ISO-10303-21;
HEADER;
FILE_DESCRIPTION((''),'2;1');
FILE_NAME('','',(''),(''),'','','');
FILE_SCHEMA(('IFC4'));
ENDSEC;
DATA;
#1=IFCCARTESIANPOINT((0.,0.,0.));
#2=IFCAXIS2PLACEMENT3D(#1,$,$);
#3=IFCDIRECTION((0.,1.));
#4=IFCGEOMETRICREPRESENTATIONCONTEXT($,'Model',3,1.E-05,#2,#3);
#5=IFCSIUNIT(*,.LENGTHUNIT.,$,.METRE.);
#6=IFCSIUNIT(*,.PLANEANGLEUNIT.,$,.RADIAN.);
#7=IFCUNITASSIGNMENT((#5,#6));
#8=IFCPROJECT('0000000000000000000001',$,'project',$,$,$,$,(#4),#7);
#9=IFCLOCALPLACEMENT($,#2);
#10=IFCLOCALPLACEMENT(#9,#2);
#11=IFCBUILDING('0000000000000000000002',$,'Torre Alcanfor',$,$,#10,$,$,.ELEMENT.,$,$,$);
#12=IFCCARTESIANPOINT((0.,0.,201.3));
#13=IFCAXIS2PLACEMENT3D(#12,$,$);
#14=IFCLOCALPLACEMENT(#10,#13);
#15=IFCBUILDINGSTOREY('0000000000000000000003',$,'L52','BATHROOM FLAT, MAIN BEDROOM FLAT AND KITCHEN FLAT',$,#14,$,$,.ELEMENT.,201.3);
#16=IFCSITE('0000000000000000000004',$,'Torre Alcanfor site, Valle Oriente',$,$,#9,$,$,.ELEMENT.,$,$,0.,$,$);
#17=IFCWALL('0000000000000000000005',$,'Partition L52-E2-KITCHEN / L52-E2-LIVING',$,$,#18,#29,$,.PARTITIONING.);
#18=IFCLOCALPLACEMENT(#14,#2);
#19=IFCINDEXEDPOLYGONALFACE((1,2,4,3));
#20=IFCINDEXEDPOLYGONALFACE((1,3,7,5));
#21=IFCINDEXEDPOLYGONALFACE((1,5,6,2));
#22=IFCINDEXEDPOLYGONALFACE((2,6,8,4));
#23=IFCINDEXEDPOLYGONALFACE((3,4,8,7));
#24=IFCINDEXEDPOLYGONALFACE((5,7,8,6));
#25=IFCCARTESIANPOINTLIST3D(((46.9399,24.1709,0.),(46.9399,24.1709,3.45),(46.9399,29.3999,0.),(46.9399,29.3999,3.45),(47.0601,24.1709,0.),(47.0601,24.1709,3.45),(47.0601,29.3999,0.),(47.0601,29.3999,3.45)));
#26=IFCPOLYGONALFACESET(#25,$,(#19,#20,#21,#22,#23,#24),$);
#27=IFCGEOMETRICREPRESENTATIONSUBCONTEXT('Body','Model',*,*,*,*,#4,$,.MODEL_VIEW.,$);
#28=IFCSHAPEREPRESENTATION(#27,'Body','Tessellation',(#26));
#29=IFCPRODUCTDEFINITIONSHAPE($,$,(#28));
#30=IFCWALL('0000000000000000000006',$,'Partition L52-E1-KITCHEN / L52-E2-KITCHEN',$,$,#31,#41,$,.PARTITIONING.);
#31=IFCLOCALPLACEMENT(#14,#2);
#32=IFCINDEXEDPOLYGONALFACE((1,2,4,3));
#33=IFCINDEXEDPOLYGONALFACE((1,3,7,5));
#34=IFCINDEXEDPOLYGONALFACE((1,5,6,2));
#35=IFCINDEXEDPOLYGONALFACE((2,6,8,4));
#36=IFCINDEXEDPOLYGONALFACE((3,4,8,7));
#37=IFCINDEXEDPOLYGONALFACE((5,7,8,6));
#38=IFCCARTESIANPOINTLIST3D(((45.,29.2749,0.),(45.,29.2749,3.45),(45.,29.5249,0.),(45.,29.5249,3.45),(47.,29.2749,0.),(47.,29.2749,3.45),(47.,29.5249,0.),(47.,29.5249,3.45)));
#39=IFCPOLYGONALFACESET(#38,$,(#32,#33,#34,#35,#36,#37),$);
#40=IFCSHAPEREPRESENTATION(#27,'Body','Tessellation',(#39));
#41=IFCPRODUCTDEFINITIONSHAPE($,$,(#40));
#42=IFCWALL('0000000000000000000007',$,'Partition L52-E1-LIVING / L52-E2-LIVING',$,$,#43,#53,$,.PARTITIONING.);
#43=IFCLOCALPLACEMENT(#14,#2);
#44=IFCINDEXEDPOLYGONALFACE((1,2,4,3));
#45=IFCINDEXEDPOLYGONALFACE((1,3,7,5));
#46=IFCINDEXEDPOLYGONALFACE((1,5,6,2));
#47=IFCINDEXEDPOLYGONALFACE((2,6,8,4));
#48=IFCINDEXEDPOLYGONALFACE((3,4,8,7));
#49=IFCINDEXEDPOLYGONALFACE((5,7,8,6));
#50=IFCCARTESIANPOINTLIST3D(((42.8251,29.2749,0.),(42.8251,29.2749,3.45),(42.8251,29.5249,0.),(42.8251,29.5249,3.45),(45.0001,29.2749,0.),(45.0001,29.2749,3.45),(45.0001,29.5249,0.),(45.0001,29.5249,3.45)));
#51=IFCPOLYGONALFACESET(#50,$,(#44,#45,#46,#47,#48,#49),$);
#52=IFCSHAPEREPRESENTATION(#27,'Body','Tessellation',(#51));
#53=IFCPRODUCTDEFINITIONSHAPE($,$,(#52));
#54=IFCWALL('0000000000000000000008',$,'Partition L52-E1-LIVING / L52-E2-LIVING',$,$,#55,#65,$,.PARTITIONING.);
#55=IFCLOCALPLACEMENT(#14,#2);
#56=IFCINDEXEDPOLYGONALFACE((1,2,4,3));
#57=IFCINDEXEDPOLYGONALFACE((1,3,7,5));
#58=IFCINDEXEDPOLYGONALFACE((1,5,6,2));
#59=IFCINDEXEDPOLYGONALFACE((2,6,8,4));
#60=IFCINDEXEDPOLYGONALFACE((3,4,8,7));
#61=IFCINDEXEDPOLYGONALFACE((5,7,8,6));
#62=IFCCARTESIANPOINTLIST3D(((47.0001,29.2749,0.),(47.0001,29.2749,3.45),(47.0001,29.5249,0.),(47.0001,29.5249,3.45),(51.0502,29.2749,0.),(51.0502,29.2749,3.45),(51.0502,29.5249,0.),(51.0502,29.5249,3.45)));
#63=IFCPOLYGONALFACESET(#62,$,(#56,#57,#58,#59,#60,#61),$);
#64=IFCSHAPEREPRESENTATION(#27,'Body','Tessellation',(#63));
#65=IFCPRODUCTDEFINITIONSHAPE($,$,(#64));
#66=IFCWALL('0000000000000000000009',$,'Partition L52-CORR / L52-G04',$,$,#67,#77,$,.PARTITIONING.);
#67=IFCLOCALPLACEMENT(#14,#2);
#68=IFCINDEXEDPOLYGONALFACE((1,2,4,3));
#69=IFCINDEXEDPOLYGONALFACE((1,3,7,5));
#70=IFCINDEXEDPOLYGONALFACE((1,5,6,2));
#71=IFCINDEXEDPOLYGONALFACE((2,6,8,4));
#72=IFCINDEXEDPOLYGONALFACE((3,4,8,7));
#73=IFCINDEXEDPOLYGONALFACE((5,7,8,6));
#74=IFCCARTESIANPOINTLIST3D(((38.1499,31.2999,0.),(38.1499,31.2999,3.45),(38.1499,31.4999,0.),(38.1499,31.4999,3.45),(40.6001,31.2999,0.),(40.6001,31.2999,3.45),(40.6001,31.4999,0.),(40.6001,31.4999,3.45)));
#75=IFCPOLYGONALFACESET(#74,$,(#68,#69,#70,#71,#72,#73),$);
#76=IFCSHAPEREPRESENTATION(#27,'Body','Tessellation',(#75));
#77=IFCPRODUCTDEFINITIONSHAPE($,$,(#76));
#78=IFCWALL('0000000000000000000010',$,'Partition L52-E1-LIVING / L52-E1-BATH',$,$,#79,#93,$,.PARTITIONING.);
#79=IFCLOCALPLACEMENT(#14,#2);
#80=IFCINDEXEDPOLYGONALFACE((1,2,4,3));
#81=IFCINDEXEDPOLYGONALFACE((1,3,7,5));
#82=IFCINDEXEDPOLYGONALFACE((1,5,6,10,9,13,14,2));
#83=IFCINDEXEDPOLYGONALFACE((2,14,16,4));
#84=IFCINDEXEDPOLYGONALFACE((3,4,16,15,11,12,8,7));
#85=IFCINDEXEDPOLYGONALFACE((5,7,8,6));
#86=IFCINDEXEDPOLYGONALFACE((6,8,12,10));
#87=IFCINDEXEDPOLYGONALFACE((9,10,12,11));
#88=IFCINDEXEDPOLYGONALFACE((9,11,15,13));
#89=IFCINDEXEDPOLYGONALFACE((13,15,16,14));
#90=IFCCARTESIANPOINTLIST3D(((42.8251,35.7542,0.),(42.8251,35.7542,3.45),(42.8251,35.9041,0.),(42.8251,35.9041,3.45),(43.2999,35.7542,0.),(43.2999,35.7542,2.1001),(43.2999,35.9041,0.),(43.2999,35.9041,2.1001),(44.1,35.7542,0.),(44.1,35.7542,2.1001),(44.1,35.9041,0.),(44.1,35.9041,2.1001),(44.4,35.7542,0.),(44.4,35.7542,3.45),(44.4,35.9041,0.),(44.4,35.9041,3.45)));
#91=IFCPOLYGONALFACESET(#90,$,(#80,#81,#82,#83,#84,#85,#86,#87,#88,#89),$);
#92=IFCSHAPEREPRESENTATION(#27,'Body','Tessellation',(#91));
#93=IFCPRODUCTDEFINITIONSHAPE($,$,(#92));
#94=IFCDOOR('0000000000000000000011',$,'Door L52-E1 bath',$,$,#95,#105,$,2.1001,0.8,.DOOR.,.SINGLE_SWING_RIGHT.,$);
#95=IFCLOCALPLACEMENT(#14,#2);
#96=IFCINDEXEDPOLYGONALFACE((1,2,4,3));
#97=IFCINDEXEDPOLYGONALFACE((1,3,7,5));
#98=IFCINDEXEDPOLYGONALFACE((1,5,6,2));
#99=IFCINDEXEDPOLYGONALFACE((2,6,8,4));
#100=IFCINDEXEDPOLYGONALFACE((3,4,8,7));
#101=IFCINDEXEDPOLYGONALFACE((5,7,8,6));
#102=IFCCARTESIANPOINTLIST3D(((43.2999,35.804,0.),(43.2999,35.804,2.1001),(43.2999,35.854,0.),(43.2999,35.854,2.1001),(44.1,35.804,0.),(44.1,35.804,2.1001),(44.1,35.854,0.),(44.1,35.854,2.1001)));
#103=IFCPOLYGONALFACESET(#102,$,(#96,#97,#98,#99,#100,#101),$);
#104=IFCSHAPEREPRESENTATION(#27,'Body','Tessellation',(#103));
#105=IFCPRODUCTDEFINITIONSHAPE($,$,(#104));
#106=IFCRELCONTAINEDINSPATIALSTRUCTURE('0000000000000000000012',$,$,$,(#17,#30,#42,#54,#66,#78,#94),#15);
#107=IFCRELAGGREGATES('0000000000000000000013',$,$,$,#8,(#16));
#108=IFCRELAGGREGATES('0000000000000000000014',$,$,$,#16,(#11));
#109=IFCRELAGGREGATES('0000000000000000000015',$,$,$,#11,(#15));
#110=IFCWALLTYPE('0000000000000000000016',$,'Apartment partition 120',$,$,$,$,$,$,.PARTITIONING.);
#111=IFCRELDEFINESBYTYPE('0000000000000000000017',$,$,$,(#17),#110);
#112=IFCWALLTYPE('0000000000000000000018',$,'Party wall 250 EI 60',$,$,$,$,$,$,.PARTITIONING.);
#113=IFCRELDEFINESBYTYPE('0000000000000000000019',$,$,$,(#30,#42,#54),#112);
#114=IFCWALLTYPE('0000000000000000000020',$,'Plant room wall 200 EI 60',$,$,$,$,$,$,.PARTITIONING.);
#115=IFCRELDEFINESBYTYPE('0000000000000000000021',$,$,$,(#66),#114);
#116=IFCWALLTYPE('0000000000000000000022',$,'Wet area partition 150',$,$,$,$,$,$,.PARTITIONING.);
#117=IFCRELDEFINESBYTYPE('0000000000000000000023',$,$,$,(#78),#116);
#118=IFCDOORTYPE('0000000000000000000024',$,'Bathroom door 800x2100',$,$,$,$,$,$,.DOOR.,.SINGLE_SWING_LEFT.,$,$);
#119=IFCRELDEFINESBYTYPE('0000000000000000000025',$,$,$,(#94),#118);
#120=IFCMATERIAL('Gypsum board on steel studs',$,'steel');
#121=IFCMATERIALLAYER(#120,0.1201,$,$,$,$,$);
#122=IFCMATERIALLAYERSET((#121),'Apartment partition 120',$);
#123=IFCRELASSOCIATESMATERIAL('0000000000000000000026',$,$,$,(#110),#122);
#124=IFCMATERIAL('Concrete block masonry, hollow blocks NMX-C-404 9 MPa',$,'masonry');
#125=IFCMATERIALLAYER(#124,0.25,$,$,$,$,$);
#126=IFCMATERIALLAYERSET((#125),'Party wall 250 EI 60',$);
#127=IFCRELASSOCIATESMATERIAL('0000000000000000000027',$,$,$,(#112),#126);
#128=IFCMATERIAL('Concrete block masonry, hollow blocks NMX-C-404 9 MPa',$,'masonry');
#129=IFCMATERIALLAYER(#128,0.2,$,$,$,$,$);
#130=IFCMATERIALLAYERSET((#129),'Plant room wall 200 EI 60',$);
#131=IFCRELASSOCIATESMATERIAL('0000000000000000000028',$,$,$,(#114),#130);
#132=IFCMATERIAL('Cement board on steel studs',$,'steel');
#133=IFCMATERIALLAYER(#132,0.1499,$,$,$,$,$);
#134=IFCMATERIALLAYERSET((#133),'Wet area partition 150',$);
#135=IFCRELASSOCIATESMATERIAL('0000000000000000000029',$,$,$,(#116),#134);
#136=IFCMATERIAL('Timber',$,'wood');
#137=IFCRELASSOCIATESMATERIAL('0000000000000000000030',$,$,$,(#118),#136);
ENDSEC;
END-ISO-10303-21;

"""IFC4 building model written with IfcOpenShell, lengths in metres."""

from ifc_helpers import new_model, si_unit, direction, frame, frame_2d, origin, place, context, subcontext, project, spatial, rectangle, extrude, material, layer, layer_set, type_object, element, fill, save


model = new_model("IFC4")

# Units and contexts
model_context = context("Model", 3, precision=1e-05, world=origin(), true_north=direction((0.0, 1.0)))
body_context = subcontext(model_context, "Body", "Model", "MODEL_VIEW")
ifc_project = project(units=[si_unit("LENGTHUNIT", "METRE"), si_unit("PLANEANGLEUNIT", "RADIAN")], contexts=[model_context])

# Site, building, storey
site_placement = place(None, origin())
site = spatial("IfcSite", under=ifc_project, at=site_placement, Name="Torre Alcanfor site, Valle Oriente", CompositionType="ELEMENT", RefElevation=0.0)
building_placement = place(site_placement, origin())
building = spatial("IfcBuilding", under=site, at=building_placement, Name="Torre Alcanfor", CompositionType="ELEMENT")
storey_placement = place(building_placement, frame((0.0, 0.0, 201.3)))
storey = spatial("IfcBuildingStorey", under=building, at=storey_placement, Name="L52", Description="BATHROOM FLAT, MAIN BEDROOM FLAT AND KITCHEN FLAT", CompositionType="ELEMENT", Elevation=201.3)

# Shared definitions
ifc_material_1 = material(Name="Gypsum board on steel studs", Category="steel")
ifc_layer_1 = layer(ifc_material_1, 0.1201)
ifc_layer_set_1 = layer_set([ifc_layer_1], Name="Apartment partition 120")
wall_type_1 = type_object("IfcWallType", Name="Apartment partition 120", PredefinedType="PARTITIONING", material=ifc_layer_set_1)

# Walls
wall_1_placement = place(storey_placement, frame((47.0, 29.3999, 0.0), z_axis=(0.0, 0.0, 1.0), x_axis=(0.0, -1.0, 0.0)))
element("IfcWall", 1, at=wall_1_placement, inside=storey, type_object=wall_type_1, Name="Partition L52-E2-KITCHEN / L52-E2-LIVING", PredefinedType="PARTITIONING", context=body_context, shape_type="SweptSolid", body=[
    extrude(rectangle(XDim=5.229, YDim=0.1201, at=frame_2d((2.6145, 0.0))), origin(), (0.0, 0.0, 1.0), 3.45),
])
ifc_material_2 = material(Name="Concrete block masonry, hollow blocks NMX-C-404 9 MPa", Category="masonry")
ifc_layer_2 = layer(ifc_material_2, 0.25)
ifc_layer_set_2 = layer_set([ifc_layer_2], Name="Party wall 250 EI 60")
wall_type_2 = type_object("IfcWallType", Name="Party wall 250 EI 60", PredefinedType="PARTITIONING", material=ifc_layer_set_2)
wall_2_placement = place(storey_placement, frame((45.0, 29.3999, 0.0), z_axis=(0.0, 0.0, 1.0), x_axis=(1.0, 0.0, 0.0)))
element("IfcWall", 2, at=wall_2_placement, inside=storey, type_object=wall_type_2, Name="Partition L52-E1-KITCHEN / L52-E2-KITCHEN", PredefinedType="PARTITIONING", context=body_context, shape_type="SweptSolid", body=[
    extrude(rectangle(XDim=2.0, YDim=0.25, at=frame_2d((1.0, 0.0))), origin(), (0.0, 0.0, 1.0), 3.45),
])
wall_3_placement = place(storey_placement, frame((45.0, 29.3999, 0.0), z_axis=(0.0, 0.0, 1.0), x_axis=(-1.0, 0.0, 0.0)))
element("IfcWall", 3, at=wall_3_placement, inside=storey, type_object=wall_type_2, Name="Partition L52-E1-LIVING / L52-E2-LIVING", PredefinedType="PARTITIONING", context=body_context, shape_type="SweptSolid", body=[
    extrude(rectangle(XDim=2.175, YDim=0.25, at=frame_2d((1.0874, 0.0))), origin(), (0.0, 0.0, 1.0), 3.45),
])
wall_4_placement = place(storey_placement, frame((51.05, 29.3999, 0.0), z_axis=(0.0, 0.0, 1.0), x_axis=(-1.0, 0.0, 0.0)))
element("IfcWall", 4, at=wall_4_placement, inside=storey, type_object=wall_type_2, Name="Partition L52-E1-LIVING / L52-E2-LIVING", PredefinedType="PARTITIONING", context=body_context, shape_type="SweptSolid", body=[
    extrude(rectangle(XDim=4.05, YDim=0.25, at=frame_2d((2.0249, 0.0))), origin(), (0.0, 0.0, 1.0), 3.45),
])
ifc_material_3 = material(Name="Concrete block masonry, hollow blocks NMX-C-404 9 MPa", Category="masonry")
ifc_layer_3 = layer(ifc_material_3, 0.2)
ifc_layer_set_3 = layer_set([ifc_layer_3], Name="Plant room wall 200 EI 60")
wall_type_3 = type_object("IfcWallType", Name="Plant room wall 200 EI 60", PredefinedType="PARTITIONING", material=ifc_layer_set_3)
wall_5_placement = place(storey_placement, frame((40.6001, 31.3999, 0.0), z_axis=(0.0, 0.0, 1.0), x_axis=(-1.0, 0.0, 0.0)))
element("IfcWall", 5, at=wall_5_placement, inside=storey, type_object=wall_type_3, Name="Partition L52-CORR / L52-G04", PredefinedType="PARTITIONING", context=body_context, shape_type="SweptSolid", body=[
    extrude(rectangle(XDim=2.4502, YDim=0.2, at=frame_2d((1.2251, 0.0))), origin(), (0.0, 0.0, 1.0), 3.45),
])

# Wall, opening, door
ifc_material_4 = material(Name="Cement board on steel studs", Category="steel")
ifc_layer_4 = layer(ifc_material_4, 0.1499)
ifc_layer_set_4 = layer_set([ifc_layer_4], Name="Wet area partition 150")
wall_type_4 = type_object("IfcWallType", Name="Wet area partition 150", PredefinedType="PARTITIONING", material=ifc_layer_set_4)
wall_6_placement = place(storey_placement, frame((42.825, 35.8291, 0.0), z_axis=(0.0, 0.0, 1.0), x_axis=(1.0, 0.0, 0.0)))
wall_6 = element("IfcWall", 6, at=wall_6_placement, inside=storey, type_object=wall_type_4, Name="Partition L52-E1-LIVING / L52-E1-BATH", PredefinedType="PARTITIONING", context=body_context, shape_type="SweptSolid", body=[
    extrude(rectangle(XDim=1.575, YDim=0.1499, at=frame_2d((0.7876, 0.0))), origin(), (0.0, 0.0, 1.0), 3.45),
])
opening_1_placement = place(wall_6_placement, frame((0.4751, 0.0, 0.0)))
opening_1 = element("IfcOpeningElement", 7, at=opening_1_placement, cuts=wall_6, PredefinedType="OPENING", context=body_context, shape_type="SweptSolid", body=[
    extrude(rectangle(XDim=0.8, YDim=2.1001, at=frame_2d((0.3999, 1.05))), frame((0.0, 0.085, 0.0), z_axis=(0.0, -1.0, 0.0), x_axis=(1.0, 0.0, 0.0)), (0.0, 0.0, 1.0), 0.1699),
])
ifc_material_5 = material(Name="Timber", Category="wood")
door_type_1 = type_object("IfcDoorType", Name="Bathroom door 800x2100", OperationType="SINGLE_SWING_LEFT", PredefinedType="DOOR", material=ifc_material_5)
door_1_placement = place(opening_1_placement, origin())
door_1 = element("IfcDoor", 8, at=door_1_placement, inside=storey, type_object=door_type_1, Name="Door L52-E1 bath", OperationType="SINGLE_SWING_RIGHT", OverallHeight=2.1001, OverallWidth=0.8, PredefinedType="DOOR", context=body_context, shape_type="SweptSolid", body=[
    extrude(rectangle(XDim=0.8, YDim=2.1001, at=frame_2d((0.3999, 1.05))), frame((0.0, 0.0249, 0.0), z_axis=(0.0, -1.0, 0.0), x_axis=(1.0, 0.0, 0.0)), (0.0, 0.0, 1.0), 0.05),
])
fill(opening_1, door_1)

save(model, "model.ifc")
